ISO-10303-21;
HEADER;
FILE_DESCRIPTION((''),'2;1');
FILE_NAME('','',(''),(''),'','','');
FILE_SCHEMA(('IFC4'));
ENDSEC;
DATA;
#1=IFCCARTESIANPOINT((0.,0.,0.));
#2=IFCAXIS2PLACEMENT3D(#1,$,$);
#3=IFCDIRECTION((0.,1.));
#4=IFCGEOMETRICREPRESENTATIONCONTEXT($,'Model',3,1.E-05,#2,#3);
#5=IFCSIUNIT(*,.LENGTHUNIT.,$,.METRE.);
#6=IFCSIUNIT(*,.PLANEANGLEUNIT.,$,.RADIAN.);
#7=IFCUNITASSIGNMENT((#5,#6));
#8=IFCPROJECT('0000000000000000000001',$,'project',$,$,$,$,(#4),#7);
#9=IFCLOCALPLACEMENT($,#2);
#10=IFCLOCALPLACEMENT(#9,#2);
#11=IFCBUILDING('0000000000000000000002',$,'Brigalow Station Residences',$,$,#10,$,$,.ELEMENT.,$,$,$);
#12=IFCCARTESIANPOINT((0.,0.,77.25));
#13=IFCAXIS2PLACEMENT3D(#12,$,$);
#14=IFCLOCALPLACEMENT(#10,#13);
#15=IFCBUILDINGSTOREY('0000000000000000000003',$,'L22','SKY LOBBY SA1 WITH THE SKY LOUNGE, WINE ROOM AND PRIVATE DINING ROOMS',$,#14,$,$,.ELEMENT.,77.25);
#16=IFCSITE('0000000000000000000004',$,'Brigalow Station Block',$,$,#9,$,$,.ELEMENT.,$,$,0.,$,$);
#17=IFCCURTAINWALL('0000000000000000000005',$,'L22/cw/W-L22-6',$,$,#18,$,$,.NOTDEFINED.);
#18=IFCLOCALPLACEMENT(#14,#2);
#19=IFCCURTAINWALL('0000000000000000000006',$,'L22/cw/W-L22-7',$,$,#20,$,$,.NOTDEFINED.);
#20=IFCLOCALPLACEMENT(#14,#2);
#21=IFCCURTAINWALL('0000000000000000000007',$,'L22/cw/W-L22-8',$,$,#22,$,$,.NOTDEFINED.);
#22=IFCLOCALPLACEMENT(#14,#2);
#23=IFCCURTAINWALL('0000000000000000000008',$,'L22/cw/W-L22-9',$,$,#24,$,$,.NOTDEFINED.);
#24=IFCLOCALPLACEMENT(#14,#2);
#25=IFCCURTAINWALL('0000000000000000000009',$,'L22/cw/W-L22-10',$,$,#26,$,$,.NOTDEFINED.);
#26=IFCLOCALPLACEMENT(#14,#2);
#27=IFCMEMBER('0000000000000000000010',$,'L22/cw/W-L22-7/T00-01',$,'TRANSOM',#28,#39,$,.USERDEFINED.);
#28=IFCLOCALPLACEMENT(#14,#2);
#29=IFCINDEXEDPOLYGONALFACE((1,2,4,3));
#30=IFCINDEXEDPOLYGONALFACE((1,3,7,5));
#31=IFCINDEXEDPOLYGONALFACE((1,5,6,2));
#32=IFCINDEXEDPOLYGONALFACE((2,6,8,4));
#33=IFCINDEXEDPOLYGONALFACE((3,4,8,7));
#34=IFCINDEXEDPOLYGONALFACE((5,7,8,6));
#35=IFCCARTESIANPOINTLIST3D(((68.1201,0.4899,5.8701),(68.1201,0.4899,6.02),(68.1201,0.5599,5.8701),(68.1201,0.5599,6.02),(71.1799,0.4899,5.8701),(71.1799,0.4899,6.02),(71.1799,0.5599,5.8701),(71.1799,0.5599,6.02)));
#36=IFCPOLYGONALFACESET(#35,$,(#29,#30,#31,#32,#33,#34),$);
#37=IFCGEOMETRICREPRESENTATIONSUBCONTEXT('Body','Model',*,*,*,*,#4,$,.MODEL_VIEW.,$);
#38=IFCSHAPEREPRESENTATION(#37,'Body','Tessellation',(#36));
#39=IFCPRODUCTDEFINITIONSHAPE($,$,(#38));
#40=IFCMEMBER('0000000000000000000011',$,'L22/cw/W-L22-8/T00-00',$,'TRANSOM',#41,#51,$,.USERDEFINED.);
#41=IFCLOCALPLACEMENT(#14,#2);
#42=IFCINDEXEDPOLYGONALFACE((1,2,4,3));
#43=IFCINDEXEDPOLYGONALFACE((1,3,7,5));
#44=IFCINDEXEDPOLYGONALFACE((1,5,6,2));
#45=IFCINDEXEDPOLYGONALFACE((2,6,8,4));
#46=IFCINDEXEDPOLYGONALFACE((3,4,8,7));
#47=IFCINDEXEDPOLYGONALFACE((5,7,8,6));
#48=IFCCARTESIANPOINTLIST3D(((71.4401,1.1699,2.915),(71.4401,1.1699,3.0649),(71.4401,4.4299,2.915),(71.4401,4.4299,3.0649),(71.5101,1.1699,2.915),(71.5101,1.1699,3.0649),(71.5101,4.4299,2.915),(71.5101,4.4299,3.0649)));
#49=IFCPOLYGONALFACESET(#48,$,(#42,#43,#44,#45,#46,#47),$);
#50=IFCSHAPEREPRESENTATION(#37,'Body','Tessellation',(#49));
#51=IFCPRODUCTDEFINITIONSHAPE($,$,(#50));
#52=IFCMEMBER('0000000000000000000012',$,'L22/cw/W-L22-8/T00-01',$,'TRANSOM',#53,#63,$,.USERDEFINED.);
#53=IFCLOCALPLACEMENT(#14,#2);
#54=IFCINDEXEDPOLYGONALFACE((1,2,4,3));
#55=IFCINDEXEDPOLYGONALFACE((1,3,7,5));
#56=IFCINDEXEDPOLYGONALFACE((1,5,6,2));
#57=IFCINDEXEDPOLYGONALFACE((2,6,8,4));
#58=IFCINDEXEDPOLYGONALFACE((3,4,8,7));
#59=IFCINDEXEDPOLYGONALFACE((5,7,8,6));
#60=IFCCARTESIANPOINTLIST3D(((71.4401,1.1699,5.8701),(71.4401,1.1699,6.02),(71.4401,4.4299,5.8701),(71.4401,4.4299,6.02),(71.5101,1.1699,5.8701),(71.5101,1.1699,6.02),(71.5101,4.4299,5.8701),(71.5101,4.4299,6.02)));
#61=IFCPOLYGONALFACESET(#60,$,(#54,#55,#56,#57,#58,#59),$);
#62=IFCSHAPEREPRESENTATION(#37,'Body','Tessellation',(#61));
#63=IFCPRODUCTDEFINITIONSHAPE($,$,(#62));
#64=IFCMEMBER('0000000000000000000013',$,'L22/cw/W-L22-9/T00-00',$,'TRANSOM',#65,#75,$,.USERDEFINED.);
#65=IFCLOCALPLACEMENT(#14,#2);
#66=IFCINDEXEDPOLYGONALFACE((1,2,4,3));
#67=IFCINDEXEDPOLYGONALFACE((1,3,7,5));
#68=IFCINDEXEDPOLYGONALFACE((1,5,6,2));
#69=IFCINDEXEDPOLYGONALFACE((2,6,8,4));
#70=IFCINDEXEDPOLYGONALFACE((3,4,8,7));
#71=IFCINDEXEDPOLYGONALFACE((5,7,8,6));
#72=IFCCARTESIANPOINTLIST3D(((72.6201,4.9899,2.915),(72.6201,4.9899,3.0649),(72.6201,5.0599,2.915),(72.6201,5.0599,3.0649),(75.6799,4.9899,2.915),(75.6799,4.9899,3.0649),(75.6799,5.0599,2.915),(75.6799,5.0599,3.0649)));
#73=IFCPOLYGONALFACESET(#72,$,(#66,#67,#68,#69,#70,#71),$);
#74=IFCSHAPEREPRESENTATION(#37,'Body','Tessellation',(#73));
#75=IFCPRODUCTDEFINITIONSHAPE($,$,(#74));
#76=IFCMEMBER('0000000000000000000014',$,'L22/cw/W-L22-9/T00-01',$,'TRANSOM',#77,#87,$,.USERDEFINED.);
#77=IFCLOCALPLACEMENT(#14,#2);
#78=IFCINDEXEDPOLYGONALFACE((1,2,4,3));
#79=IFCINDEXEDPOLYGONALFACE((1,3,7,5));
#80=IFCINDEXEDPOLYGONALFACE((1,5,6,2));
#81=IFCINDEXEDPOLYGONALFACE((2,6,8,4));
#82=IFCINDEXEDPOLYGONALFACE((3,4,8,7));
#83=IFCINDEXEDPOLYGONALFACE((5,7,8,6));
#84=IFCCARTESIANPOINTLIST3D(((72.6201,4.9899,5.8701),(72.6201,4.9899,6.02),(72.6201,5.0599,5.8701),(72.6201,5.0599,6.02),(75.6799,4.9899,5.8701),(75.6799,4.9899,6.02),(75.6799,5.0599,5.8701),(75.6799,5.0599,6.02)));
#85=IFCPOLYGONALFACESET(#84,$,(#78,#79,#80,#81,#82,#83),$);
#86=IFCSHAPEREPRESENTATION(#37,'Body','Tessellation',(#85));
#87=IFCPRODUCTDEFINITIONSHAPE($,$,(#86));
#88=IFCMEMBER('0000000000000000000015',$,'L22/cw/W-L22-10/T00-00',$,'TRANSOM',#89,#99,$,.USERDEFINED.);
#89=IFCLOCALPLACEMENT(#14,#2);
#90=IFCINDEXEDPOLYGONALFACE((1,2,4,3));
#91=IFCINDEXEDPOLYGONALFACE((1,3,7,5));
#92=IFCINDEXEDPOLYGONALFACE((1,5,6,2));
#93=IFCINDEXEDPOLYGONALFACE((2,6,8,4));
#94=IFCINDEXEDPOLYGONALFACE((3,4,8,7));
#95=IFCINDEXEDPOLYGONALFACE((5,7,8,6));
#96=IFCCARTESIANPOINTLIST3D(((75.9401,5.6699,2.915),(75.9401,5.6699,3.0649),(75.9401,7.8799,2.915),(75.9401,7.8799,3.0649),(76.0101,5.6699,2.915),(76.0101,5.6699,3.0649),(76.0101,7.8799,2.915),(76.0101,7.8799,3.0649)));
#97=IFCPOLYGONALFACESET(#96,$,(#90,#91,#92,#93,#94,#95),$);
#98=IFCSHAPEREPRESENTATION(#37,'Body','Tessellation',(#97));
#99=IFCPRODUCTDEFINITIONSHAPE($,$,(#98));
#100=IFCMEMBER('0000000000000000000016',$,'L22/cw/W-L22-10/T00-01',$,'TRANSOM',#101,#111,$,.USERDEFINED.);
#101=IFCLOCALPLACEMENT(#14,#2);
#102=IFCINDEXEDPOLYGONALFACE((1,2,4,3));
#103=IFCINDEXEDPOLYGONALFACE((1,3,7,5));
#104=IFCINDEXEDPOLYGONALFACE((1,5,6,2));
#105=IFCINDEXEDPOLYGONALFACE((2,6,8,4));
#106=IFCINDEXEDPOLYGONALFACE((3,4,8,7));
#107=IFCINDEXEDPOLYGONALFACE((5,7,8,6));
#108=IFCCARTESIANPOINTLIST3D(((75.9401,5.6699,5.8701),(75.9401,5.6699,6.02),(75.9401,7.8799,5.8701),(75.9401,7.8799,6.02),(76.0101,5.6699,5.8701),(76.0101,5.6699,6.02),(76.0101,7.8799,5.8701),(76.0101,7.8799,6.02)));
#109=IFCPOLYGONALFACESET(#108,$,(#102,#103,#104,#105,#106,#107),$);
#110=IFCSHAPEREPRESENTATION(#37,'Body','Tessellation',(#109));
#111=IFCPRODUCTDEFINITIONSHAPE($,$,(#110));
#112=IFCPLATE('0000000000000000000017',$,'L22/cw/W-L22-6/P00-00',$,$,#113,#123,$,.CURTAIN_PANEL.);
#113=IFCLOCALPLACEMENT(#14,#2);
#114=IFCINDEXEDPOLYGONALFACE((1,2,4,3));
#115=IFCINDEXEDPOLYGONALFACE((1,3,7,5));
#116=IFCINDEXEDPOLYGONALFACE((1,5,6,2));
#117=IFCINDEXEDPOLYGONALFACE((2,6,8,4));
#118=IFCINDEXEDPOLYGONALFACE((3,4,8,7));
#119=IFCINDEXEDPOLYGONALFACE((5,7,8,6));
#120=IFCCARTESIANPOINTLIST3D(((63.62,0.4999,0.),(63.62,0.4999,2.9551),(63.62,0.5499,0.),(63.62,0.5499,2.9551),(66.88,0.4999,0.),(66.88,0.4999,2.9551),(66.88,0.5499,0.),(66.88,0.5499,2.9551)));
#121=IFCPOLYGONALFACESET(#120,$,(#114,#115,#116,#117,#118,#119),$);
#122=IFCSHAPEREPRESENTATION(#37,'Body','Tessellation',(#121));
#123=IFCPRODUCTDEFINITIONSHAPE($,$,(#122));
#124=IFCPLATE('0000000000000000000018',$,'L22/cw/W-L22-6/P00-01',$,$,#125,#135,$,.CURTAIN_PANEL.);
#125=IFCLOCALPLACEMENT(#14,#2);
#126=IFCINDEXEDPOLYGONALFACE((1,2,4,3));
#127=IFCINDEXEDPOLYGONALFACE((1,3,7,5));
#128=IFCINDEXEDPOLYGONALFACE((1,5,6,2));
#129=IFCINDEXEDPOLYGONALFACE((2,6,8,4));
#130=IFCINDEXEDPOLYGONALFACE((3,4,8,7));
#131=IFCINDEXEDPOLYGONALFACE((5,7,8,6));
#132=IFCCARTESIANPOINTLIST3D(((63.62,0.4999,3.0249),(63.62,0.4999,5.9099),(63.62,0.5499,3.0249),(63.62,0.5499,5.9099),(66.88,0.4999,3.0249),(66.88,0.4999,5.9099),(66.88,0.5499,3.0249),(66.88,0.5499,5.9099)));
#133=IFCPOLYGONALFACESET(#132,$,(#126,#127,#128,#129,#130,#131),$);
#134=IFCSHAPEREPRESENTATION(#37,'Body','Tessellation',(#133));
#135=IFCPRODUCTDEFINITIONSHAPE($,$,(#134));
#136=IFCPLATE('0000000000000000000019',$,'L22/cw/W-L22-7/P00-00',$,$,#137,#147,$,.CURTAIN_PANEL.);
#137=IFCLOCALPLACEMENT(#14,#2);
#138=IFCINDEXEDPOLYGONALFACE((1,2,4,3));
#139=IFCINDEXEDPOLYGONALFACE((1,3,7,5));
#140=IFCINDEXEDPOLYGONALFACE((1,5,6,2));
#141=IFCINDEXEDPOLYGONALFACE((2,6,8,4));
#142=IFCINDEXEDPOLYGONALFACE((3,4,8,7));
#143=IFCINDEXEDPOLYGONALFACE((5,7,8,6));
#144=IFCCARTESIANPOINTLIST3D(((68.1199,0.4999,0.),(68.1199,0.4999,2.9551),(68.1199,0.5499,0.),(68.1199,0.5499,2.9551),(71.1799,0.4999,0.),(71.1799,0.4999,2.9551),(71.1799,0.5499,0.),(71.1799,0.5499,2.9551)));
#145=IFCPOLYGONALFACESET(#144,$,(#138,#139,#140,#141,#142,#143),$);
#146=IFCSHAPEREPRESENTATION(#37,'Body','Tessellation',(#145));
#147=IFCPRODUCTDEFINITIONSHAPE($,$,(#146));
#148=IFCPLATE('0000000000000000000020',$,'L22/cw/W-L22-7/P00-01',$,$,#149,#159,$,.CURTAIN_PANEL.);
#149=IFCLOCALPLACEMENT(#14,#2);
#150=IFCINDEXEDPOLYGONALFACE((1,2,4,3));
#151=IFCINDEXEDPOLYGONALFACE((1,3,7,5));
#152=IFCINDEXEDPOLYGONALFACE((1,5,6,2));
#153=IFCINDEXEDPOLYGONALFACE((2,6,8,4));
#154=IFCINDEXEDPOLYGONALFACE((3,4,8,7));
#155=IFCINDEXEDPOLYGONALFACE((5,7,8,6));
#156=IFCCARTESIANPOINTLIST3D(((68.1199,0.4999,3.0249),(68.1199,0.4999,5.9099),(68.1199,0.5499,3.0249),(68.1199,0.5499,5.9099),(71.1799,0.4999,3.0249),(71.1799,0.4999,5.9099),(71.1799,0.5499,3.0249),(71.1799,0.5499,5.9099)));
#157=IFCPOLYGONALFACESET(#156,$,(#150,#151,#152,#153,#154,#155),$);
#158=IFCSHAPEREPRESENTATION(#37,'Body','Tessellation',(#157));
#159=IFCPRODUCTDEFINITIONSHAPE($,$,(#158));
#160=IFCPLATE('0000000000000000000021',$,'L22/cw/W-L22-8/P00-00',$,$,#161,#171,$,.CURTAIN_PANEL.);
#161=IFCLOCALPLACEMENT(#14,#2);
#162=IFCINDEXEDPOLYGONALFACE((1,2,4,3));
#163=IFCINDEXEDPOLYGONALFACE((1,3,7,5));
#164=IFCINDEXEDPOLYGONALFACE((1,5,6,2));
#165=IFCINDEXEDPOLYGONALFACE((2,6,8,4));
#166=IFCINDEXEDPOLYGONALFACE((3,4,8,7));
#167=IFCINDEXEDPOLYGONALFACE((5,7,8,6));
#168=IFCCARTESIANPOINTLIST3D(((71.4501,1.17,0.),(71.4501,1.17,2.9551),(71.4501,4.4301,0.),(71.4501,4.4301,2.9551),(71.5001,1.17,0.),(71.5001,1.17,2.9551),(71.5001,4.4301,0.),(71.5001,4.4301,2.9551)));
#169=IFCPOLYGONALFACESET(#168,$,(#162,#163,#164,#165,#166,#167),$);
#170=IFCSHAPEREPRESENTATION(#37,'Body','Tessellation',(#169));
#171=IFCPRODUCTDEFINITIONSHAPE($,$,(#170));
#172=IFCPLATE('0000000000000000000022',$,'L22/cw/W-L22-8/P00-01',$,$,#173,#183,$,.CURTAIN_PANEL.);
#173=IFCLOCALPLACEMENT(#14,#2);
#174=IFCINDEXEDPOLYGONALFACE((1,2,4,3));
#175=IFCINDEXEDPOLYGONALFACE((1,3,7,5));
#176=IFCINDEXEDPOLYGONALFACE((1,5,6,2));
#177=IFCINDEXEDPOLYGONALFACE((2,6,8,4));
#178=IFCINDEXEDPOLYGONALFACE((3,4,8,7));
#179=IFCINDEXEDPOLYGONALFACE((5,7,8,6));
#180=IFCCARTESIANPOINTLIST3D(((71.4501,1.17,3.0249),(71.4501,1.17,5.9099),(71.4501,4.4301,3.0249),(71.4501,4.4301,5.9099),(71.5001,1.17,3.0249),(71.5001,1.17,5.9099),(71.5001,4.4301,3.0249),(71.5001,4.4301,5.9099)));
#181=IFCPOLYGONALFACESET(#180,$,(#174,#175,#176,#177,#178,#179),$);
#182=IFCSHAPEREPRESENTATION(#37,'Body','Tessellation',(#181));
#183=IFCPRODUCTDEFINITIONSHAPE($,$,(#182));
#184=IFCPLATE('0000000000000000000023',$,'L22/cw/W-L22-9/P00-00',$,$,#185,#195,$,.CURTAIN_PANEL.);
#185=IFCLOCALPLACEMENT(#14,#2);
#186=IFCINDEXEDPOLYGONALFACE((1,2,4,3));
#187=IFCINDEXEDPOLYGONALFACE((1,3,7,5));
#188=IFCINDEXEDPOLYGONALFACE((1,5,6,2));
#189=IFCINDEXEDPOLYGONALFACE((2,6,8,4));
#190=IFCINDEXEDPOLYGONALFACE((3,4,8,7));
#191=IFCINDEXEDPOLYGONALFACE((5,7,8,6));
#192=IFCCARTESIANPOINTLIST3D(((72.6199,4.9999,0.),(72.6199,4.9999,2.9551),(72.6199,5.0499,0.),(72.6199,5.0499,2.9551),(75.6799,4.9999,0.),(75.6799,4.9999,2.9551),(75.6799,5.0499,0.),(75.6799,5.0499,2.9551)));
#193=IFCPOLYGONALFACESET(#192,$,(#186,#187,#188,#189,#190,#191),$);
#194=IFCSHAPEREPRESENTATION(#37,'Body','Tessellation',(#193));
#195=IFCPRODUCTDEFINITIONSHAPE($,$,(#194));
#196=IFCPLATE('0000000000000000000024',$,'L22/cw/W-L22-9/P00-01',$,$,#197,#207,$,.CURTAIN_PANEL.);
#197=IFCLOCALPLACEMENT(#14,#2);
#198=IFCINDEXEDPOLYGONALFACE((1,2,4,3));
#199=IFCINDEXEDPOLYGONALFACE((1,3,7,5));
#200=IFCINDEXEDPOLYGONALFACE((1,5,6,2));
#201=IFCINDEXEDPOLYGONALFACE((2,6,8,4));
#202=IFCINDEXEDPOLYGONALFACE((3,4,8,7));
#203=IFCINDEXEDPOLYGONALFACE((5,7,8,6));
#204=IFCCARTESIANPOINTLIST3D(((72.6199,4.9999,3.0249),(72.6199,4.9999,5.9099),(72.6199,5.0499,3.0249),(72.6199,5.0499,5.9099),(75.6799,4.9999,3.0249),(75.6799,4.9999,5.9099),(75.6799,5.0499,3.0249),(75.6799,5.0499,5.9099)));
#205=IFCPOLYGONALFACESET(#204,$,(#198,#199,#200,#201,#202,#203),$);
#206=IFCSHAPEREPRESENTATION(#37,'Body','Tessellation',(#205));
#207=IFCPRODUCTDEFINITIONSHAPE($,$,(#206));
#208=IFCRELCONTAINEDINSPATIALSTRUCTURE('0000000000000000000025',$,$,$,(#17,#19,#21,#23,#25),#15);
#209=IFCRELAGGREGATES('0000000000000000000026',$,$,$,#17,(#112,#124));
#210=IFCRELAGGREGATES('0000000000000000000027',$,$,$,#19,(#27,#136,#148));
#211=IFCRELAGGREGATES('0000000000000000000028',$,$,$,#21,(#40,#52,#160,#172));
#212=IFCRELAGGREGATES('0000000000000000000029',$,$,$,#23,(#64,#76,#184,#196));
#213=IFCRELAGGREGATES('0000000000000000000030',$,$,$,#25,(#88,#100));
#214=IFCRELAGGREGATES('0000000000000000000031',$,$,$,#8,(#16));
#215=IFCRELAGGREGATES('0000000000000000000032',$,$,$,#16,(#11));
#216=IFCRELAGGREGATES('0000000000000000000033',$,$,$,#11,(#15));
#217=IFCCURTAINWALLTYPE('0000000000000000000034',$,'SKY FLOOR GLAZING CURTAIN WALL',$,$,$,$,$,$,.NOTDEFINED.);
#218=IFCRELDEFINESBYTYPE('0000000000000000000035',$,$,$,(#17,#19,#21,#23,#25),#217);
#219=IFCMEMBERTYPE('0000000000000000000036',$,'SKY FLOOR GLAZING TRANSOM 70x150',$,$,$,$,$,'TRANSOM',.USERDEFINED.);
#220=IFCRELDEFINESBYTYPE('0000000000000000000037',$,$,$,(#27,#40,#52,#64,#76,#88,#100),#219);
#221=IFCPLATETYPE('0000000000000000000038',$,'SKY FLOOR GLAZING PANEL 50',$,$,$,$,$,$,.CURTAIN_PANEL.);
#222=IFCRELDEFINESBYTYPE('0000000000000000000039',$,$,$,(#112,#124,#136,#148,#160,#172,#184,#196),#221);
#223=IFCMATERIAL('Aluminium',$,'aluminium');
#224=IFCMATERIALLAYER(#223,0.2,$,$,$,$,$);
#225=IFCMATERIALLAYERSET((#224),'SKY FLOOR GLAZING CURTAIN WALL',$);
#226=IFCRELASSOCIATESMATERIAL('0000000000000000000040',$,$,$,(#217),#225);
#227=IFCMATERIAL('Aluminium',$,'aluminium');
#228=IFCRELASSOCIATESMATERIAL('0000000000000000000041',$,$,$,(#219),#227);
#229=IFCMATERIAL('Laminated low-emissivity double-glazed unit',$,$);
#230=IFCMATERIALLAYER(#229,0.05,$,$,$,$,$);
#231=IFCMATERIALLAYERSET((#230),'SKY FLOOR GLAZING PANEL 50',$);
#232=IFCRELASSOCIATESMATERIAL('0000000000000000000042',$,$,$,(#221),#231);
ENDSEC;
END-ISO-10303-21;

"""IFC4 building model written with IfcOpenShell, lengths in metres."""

from ifc_helpers import new_model, si_unit, direction, frame, origin, origin_2d, place, context, subcontext, project, spatial, rectangle, extrude, material, layer, layer_set, material_profile, profile_set, type_object, element, aggregate, save


model = new_model("IFC4")

# Units and contexts
model_context = context("Model", 3, precision=1e-05, world=origin(), true_north=direction((0.0, 1.0)))
body_context = subcontext(model_context, "Body", "Model", "MODEL_VIEW")
ifc_project = project(units=[si_unit("LENGTHUNIT", "METRE"), si_unit("PLANEANGLEUNIT", "RADIAN")], contexts=[model_context])

# Site, building, storey
site_placement = place(None, origin())
site = spatial("IfcSite", under=ifc_project, at=site_placement, Name="Brigalow Station Block", CompositionType="ELEMENT", RefElevation=0.0)
building_placement = place(site_placement, origin())
building = spatial("IfcBuilding", under=site, at=building_placement, Name="Brigalow Station Residences", CompositionType="ELEMENT")
storey_placement = place(building_placement, frame((0.0, 0.0, 77.25)))
storey = spatial("IfcBuildingStorey", under=building, at=storey_placement, Name="L22", Description="SKY LOBBY SA1 WITH THE SKY LOUNGE, WINE ROOM AND PRIVATE DINING ROOMS", CompositionType="ELEMENT", Elevation=77.25)

# Curtain wall
ifc_material_1 = material(Name="Aluminium", Category="aluminium")
ifc_layer_1 = layer(ifc_material_1, 0.2)
ifc_layer_set_1 = layer_set([ifc_layer_1], Name="SKY FLOOR GLAZING CURTAIN WALL")
curtain_wall_type = type_object("IfcCurtainWallType", Name="SKY FLOOR GLAZING CURTAIN WALL", PredefinedType="NOTDEFINED", material=ifc_layer_set_1)
curtain_wall_1_placement = place(storey_placement, origin())
curtain_wall_1 = element("IfcCurtainWall", 1, at=curtain_wall_1_placement, inside=storey, type_object=curtain_wall_type, Name="L22/cw/W-L22-6", PredefinedType="NOTDEFINED")

# Curtain walls
curtain_wall_2_placement = place(storey_placement, origin())
curtain_wall_2 = element("IfcCurtainWall", 2, at=curtain_wall_2_placement, inside=storey, type_object=curtain_wall_type, Name="L22/cw/W-L22-7", PredefinedType="NOTDEFINED")
curtain_wall_3_placement = place(storey_placement, origin())
curtain_wall_3 = element("IfcCurtainWall", 3, at=curtain_wall_3_placement, inside=storey, type_object=curtain_wall_type, Name="L22/cw/W-L22-8", PredefinedType="NOTDEFINED")
curtain_wall_4_placement = place(storey_placement, origin())
curtain_wall_4 = element("IfcCurtainWall", 4, at=curtain_wall_4_placement, inside=storey, type_object=curtain_wall_type, Name="L22/cw/W-L22-9", PredefinedType="NOTDEFINED")

# Curtain wall
curtain_wall_5_placement = place(storey_placement, origin())
curtain_wall_5 = element("IfcCurtainWall", 5, at=curtain_wall_5_placement, inside=storey, type_object=curtain_wall_type, Name="L22/cw/W-L22-10", PredefinedType="NOTDEFINED")

# Members
ifc_material_2 = material(Name="Aluminium", Category="aluminium")
ifc_material_profile_1 = material_profile(ifc_material_2, rectangle(XDim=0.0701, YDim=0.1499, at=origin_2d()), Name="SKY FLOOR GLAZING TRANSOM 70x150")
ifc_profile_set_1 = profile_set([ifc_material_profile_1], Name="Aluminium")
member_type_1 = type_object("IfcMemberType", Name="SKY FLOOR GLAZING TRANSOM 70x150", ElementType="TRANSOM", PredefinedType="USERDEFINED", material=ifc_profile_set_1)
member_1_placement = place(storey_placement, frame((68.1201, 0.5249, 5.9451), z_axis=(1.0, 0.0, 0.0), x_axis=(0.0, 1.0, 0.0)))
member_1 = element("IfcMember", 6, at=member_1_placement, type_object=member_type_1, Name="L22/cw/W-L22-7/T00-01", ObjectType="TRANSOM", PredefinedType="USERDEFINED", context=body_context, shape_type="SweptSolid", body=[
    extrude(rectangle(XDim=0.0701, YDim=0.1499, at=origin_2d()), origin(), (0.0, 0.0, 1.0), 3.0598),
])
member_2_placement = place(storey_placement, frame((71.4751, 1.1699, 2.99), z_axis=(0.0, 1.0, 0.0), x_axis=(-1.0, 0.0, 0.0)))
member_2 = element("IfcMember", 7, at=member_2_placement, type_object=member_type_1, Name="L22/cw/W-L22-8/T00-00", ObjectType="TRANSOM", PredefinedType="USERDEFINED", context=body_context, shape_type="SweptSolid", body=[
    extrude(rectangle(XDim=0.0701, YDim=0.1499, at=origin_2d()), origin(), (0.0, 0.0, 1.0), 3.26),
])
member_3_placement = place(storey_placement, frame((71.4751, 1.1699, 5.9451), z_axis=(0.0, 1.0, 0.0), x_axis=(-1.0, 0.0, 0.0)))
member_3 = element("IfcMember", 8, at=member_3_placement, type_object=member_type_1, Name="L22/cw/W-L22-8/T00-01", ObjectType="TRANSOM", PredefinedType="USERDEFINED", context=body_context, shape_type="SweptSolid", body=[
    extrude(rectangle(XDim=0.0701, YDim=0.1499, at=origin_2d()), origin(), (0.0, 0.0, 1.0), 3.26),
])
member_4_placement = place(storey_placement, frame((72.6201, 5.0249, 2.99), z_axis=(1.0, 0.0, 0.0), x_axis=(0.0, 1.0, 0.0)))
member_4 = element("IfcMember", 9, at=member_4_placement, type_object=member_type_1, Name="L22/cw/W-L22-9/T00-00", ObjectType="TRANSOM", PredefinedType="USERDEFINED", context=body_context, shape_type="SweptSolid", body=[
    extrude(rectangle(XDim=0.0701, YDim=0.1499, at=origin_2d()), origin(), (0.0, 0.0, 1.0), 3.0598),
])
member_5_placement = place(storey_placement, frame((72.6201, 5.0249, 5.9451), z_axis=(1.0, 0.0, 0.0), x_axis=(0.0, 1.0, 0.0)))
member_5 = element("IfcMember", 10, at=member_5_placement, type_object=member_type_1, Name="L22/cw/W-L22-9/T00-01", ObjectType="TRANSOM", PredefinedType="USERDEFINED", context=body_context, shape_type="SweptSolid", body=[
    extrude(rectangle(XDim=0.0701, YDim=0.1499, at=origin_2d()), origin(), (0.0, 0.0, 1.0), 3.0598),
])
member_6_placement = place(storey_placement, frame((75.9751, 5.6699, 2.99), z_axis=(0.0, 1.0, 0.0), x_axis=(-1.0, 0.0, 0.0)))
member_6 = element("IfcMember", 11, at=member_6_placement, type_object=member_type_1, Name="L22/cw/W-L22-10/T00-00", ObjectType="TRANSOM", PredefinedType="USERDEFINED", context=body_context, shape_type="SweptSolid", body=[
    extrude(rectangle(XDim=0.0701, YDim=0.1499, at=origin_2d()), origin(), (0.0, 0.0, 1.0), 2.21),
])
member_7_placement = place(storey_placement, frame((75.9751, 5.6699, 5.9451), z_axis=(0.0, 1.0, 0.0), x_axis=(-1.0, 0.0, 0.0)))
member_7 = element("IfcMember", 12, at=member_7_placement, type_object=member_type_1, Name="L22/cw/W-L22-10/T00-01", ObjectType="TRANSOM", PredefinedType="USERDEFINED", context=body_context, shape_type="SweptSolid", body=[
    extrude(rectangle(XDim=0.0701, YDim=0.1499, at=origin_2d()), origin(), (0.0, 0.0, 1.0), 2.21),
])

# Plates
ifc_material_3 = material(Name="Laminated low-emissivity double-glazed unit")
ifc_layer_2 = layer(ifc_material_3, 0.05)
ifc_layer_set_2 = layer_set([ifc_layer_2], Name="SKY FLOOR GLAZING PANEL 50")
plate_type = type_object("IfcPlateType", Name="SKY FLOOR GLAZING PANEL 50", PredefinedType="CURTAIN_PANEL", material=ifc_layer_set_2)
plate_1_placement = place(storey_placement, frame((65.25, 0.5249, 0.0), z_axis=(0.0, 0.0, 1.0), x_axis=(1.0, 0.0, 0.0)))
plate_1 = element("IfcPlate", 13, at=plate_1_placement, type_object=plate_type, Name="L22/cw/W-L22-6/P00-00", PredefinedType="CURTAIN_PANEL", context=body_context, shape_type="SweptSolid", body=[
    extrude(rectangle(XDim=3.26, YDim=0.05, at=origin_2d()), origin(), (0.0, 0.0, 1.0), 2.9551),
])
plate_2_placement = place(storey_placement, frame((65.25, 0.5249, 3.0249), z_axis=(0.0, 0.0, 1.0), x_axis=(1.0, 0.0, 0.0)))
plate_2 = element("IfcPlate", 14, at=plate_2_placement, type_object=plate_type, Name="L22/cw/W-L22-6/P00-01", PredefinedType="CURTAIN_PANEL", context=body_context, shape_type="SweptSolid", body=[
    extrude(rectangle(XDim=3.26, YDim=0.05, at=origin_2d()), origin(), (0.0, 0.0, 1.0), 2.885),
])
aggregate(curtain_wall_1, [plate_1, plate_2])
plate_3_placement = place(storey_placement, frame((69.6499, 0.5249, 0.0), z_axis=(0.0, 0.0, 1.0), x_axis=(1.0, 0.0, 0.0)))
plate_3 = element("IfcPlate", 15, at=plate_3_placement, type_object=plate_type, Name="L22/cw/W-L22-7/P00-00", PredefinedType="CURTAIN_PANEL", context=body_context, shape_type="SweptSolid", body=[
    extrude(rectangle(XDim=3.0601, YDim=0.05, at=origin_2d()), origin(), (0.0, 0.0, 1.0), 2.9551),
])
plate_4_placement = place(storey_placement, frame((69.6499, 0.5249, 3.0249), z_axis=(0.0, 0.0, 1.0), x_axis=(1.0, 0.0, 0.0)))
plate_4 = element("IfcPlate", 16, at=plate_4_placement, type_object=plate_type, Name="L22/cw/W-L22-7/P00-01", PredefinedType="CURTAIN_PANEL", context=body_context, shape_type="SweptSolid", body=[
    extrude(rectangle(XDim=3.0601, YDim=0.05, at=origin_2d()), origin(), (0.0, 0.0, 1.0), 2.885),
])
aggregate(curtain_wall_2, [member_1, plate_3, plate_4])
plate_5_placement = place(storey_placement, frame((71.4751, 2.8, 0.0), z_axis=(0.0, 0.0, 1.0), x_axis=(0.0, 1.0, 0.0)))
plate_5 = element("IfcPlate", 17, at=plate_5_placement, type_object=plate_type, Name="L22/cw/W-L22-8/P00-00", PredefinedType="CURTAIN_PANEL", context=body_context, shape_type="SweptSolid", body=[
    extrude(rectangle(XDim=3.26, YDim=0.05, at=origin_2d()), origin(), (0.0, 0.0, 1.0), 2.9551),
])
plate_6_placement = place(storey_placement, frame((71.4751, 2.8, 3.0249), z_axis=(0.0, 0.0, 1.0), x_axis=(0.0, 1.0, 0.0)))
plate_6 = element("IfcPlate", 18, at=plate_6_placement, type_object=plate_type, Name="L22/cw/W-L22-8/P00-01", PredefinedType="CURTAIN_PANEL", context=body_context, shape_type="SweptSolid", body=[
    extrude(rectangle(XDim=3.26, YDim=0.05, at=origin_2d()), origin(), (0.0, 0.0, 1.0), 2.885),
])
aggregate(curtain_wall_3, [member_2, member_3, plate_5, plate_6])
plate_7_placement = place(storey_placement, frame((74.1499, 5.0249, 0.0), z_axis=(0.0, 0.0, 1.0), x_axis=(1.0, 0.0, 0.0)))
plate_7 = element("IfcPlate", 19, at=plate_7_placement, type_object=plate_type, Name="L22/cw/W-L22-9/P00-00", PredefinedType="CURTAIN_PANEL", context=body_context, shape_type="SweptSolid", body=[
    extrude(rectangle(XDim=3.0601, YDim=0.05, at=origin_2d()), origin(), (0.0, 0.0, 1.0), 2.9551),
])
plate_8_placement = place(storey_placement, frame((74.1499, 5.0249, 3.0249), z_axis=(0.0, 0.0, 1.0), x_axis=(1.0, 0.0, 0.0)))
plate_8 = element("IfcPlate", 20, at=plate_8_placement, type_object=plate_type, Name="L22/cw/W-L22-9/P00-01", PredefinedType="CURTAIN_PANEL", context=body_context, shape_type="SweptSolid", body=[
    extrude(rectangle(XDim=3.0601, YDim=0.05, at=origin_2d()), origin(), (0.0, 0.0, 1.0), 2.885),
])
aggregate(curtain_wall_4, [member_4, member_5, plate_7, plate_8])
aggregate(curtain_wall_5, [member_6, member_7])

save(model, "model.ifc")
